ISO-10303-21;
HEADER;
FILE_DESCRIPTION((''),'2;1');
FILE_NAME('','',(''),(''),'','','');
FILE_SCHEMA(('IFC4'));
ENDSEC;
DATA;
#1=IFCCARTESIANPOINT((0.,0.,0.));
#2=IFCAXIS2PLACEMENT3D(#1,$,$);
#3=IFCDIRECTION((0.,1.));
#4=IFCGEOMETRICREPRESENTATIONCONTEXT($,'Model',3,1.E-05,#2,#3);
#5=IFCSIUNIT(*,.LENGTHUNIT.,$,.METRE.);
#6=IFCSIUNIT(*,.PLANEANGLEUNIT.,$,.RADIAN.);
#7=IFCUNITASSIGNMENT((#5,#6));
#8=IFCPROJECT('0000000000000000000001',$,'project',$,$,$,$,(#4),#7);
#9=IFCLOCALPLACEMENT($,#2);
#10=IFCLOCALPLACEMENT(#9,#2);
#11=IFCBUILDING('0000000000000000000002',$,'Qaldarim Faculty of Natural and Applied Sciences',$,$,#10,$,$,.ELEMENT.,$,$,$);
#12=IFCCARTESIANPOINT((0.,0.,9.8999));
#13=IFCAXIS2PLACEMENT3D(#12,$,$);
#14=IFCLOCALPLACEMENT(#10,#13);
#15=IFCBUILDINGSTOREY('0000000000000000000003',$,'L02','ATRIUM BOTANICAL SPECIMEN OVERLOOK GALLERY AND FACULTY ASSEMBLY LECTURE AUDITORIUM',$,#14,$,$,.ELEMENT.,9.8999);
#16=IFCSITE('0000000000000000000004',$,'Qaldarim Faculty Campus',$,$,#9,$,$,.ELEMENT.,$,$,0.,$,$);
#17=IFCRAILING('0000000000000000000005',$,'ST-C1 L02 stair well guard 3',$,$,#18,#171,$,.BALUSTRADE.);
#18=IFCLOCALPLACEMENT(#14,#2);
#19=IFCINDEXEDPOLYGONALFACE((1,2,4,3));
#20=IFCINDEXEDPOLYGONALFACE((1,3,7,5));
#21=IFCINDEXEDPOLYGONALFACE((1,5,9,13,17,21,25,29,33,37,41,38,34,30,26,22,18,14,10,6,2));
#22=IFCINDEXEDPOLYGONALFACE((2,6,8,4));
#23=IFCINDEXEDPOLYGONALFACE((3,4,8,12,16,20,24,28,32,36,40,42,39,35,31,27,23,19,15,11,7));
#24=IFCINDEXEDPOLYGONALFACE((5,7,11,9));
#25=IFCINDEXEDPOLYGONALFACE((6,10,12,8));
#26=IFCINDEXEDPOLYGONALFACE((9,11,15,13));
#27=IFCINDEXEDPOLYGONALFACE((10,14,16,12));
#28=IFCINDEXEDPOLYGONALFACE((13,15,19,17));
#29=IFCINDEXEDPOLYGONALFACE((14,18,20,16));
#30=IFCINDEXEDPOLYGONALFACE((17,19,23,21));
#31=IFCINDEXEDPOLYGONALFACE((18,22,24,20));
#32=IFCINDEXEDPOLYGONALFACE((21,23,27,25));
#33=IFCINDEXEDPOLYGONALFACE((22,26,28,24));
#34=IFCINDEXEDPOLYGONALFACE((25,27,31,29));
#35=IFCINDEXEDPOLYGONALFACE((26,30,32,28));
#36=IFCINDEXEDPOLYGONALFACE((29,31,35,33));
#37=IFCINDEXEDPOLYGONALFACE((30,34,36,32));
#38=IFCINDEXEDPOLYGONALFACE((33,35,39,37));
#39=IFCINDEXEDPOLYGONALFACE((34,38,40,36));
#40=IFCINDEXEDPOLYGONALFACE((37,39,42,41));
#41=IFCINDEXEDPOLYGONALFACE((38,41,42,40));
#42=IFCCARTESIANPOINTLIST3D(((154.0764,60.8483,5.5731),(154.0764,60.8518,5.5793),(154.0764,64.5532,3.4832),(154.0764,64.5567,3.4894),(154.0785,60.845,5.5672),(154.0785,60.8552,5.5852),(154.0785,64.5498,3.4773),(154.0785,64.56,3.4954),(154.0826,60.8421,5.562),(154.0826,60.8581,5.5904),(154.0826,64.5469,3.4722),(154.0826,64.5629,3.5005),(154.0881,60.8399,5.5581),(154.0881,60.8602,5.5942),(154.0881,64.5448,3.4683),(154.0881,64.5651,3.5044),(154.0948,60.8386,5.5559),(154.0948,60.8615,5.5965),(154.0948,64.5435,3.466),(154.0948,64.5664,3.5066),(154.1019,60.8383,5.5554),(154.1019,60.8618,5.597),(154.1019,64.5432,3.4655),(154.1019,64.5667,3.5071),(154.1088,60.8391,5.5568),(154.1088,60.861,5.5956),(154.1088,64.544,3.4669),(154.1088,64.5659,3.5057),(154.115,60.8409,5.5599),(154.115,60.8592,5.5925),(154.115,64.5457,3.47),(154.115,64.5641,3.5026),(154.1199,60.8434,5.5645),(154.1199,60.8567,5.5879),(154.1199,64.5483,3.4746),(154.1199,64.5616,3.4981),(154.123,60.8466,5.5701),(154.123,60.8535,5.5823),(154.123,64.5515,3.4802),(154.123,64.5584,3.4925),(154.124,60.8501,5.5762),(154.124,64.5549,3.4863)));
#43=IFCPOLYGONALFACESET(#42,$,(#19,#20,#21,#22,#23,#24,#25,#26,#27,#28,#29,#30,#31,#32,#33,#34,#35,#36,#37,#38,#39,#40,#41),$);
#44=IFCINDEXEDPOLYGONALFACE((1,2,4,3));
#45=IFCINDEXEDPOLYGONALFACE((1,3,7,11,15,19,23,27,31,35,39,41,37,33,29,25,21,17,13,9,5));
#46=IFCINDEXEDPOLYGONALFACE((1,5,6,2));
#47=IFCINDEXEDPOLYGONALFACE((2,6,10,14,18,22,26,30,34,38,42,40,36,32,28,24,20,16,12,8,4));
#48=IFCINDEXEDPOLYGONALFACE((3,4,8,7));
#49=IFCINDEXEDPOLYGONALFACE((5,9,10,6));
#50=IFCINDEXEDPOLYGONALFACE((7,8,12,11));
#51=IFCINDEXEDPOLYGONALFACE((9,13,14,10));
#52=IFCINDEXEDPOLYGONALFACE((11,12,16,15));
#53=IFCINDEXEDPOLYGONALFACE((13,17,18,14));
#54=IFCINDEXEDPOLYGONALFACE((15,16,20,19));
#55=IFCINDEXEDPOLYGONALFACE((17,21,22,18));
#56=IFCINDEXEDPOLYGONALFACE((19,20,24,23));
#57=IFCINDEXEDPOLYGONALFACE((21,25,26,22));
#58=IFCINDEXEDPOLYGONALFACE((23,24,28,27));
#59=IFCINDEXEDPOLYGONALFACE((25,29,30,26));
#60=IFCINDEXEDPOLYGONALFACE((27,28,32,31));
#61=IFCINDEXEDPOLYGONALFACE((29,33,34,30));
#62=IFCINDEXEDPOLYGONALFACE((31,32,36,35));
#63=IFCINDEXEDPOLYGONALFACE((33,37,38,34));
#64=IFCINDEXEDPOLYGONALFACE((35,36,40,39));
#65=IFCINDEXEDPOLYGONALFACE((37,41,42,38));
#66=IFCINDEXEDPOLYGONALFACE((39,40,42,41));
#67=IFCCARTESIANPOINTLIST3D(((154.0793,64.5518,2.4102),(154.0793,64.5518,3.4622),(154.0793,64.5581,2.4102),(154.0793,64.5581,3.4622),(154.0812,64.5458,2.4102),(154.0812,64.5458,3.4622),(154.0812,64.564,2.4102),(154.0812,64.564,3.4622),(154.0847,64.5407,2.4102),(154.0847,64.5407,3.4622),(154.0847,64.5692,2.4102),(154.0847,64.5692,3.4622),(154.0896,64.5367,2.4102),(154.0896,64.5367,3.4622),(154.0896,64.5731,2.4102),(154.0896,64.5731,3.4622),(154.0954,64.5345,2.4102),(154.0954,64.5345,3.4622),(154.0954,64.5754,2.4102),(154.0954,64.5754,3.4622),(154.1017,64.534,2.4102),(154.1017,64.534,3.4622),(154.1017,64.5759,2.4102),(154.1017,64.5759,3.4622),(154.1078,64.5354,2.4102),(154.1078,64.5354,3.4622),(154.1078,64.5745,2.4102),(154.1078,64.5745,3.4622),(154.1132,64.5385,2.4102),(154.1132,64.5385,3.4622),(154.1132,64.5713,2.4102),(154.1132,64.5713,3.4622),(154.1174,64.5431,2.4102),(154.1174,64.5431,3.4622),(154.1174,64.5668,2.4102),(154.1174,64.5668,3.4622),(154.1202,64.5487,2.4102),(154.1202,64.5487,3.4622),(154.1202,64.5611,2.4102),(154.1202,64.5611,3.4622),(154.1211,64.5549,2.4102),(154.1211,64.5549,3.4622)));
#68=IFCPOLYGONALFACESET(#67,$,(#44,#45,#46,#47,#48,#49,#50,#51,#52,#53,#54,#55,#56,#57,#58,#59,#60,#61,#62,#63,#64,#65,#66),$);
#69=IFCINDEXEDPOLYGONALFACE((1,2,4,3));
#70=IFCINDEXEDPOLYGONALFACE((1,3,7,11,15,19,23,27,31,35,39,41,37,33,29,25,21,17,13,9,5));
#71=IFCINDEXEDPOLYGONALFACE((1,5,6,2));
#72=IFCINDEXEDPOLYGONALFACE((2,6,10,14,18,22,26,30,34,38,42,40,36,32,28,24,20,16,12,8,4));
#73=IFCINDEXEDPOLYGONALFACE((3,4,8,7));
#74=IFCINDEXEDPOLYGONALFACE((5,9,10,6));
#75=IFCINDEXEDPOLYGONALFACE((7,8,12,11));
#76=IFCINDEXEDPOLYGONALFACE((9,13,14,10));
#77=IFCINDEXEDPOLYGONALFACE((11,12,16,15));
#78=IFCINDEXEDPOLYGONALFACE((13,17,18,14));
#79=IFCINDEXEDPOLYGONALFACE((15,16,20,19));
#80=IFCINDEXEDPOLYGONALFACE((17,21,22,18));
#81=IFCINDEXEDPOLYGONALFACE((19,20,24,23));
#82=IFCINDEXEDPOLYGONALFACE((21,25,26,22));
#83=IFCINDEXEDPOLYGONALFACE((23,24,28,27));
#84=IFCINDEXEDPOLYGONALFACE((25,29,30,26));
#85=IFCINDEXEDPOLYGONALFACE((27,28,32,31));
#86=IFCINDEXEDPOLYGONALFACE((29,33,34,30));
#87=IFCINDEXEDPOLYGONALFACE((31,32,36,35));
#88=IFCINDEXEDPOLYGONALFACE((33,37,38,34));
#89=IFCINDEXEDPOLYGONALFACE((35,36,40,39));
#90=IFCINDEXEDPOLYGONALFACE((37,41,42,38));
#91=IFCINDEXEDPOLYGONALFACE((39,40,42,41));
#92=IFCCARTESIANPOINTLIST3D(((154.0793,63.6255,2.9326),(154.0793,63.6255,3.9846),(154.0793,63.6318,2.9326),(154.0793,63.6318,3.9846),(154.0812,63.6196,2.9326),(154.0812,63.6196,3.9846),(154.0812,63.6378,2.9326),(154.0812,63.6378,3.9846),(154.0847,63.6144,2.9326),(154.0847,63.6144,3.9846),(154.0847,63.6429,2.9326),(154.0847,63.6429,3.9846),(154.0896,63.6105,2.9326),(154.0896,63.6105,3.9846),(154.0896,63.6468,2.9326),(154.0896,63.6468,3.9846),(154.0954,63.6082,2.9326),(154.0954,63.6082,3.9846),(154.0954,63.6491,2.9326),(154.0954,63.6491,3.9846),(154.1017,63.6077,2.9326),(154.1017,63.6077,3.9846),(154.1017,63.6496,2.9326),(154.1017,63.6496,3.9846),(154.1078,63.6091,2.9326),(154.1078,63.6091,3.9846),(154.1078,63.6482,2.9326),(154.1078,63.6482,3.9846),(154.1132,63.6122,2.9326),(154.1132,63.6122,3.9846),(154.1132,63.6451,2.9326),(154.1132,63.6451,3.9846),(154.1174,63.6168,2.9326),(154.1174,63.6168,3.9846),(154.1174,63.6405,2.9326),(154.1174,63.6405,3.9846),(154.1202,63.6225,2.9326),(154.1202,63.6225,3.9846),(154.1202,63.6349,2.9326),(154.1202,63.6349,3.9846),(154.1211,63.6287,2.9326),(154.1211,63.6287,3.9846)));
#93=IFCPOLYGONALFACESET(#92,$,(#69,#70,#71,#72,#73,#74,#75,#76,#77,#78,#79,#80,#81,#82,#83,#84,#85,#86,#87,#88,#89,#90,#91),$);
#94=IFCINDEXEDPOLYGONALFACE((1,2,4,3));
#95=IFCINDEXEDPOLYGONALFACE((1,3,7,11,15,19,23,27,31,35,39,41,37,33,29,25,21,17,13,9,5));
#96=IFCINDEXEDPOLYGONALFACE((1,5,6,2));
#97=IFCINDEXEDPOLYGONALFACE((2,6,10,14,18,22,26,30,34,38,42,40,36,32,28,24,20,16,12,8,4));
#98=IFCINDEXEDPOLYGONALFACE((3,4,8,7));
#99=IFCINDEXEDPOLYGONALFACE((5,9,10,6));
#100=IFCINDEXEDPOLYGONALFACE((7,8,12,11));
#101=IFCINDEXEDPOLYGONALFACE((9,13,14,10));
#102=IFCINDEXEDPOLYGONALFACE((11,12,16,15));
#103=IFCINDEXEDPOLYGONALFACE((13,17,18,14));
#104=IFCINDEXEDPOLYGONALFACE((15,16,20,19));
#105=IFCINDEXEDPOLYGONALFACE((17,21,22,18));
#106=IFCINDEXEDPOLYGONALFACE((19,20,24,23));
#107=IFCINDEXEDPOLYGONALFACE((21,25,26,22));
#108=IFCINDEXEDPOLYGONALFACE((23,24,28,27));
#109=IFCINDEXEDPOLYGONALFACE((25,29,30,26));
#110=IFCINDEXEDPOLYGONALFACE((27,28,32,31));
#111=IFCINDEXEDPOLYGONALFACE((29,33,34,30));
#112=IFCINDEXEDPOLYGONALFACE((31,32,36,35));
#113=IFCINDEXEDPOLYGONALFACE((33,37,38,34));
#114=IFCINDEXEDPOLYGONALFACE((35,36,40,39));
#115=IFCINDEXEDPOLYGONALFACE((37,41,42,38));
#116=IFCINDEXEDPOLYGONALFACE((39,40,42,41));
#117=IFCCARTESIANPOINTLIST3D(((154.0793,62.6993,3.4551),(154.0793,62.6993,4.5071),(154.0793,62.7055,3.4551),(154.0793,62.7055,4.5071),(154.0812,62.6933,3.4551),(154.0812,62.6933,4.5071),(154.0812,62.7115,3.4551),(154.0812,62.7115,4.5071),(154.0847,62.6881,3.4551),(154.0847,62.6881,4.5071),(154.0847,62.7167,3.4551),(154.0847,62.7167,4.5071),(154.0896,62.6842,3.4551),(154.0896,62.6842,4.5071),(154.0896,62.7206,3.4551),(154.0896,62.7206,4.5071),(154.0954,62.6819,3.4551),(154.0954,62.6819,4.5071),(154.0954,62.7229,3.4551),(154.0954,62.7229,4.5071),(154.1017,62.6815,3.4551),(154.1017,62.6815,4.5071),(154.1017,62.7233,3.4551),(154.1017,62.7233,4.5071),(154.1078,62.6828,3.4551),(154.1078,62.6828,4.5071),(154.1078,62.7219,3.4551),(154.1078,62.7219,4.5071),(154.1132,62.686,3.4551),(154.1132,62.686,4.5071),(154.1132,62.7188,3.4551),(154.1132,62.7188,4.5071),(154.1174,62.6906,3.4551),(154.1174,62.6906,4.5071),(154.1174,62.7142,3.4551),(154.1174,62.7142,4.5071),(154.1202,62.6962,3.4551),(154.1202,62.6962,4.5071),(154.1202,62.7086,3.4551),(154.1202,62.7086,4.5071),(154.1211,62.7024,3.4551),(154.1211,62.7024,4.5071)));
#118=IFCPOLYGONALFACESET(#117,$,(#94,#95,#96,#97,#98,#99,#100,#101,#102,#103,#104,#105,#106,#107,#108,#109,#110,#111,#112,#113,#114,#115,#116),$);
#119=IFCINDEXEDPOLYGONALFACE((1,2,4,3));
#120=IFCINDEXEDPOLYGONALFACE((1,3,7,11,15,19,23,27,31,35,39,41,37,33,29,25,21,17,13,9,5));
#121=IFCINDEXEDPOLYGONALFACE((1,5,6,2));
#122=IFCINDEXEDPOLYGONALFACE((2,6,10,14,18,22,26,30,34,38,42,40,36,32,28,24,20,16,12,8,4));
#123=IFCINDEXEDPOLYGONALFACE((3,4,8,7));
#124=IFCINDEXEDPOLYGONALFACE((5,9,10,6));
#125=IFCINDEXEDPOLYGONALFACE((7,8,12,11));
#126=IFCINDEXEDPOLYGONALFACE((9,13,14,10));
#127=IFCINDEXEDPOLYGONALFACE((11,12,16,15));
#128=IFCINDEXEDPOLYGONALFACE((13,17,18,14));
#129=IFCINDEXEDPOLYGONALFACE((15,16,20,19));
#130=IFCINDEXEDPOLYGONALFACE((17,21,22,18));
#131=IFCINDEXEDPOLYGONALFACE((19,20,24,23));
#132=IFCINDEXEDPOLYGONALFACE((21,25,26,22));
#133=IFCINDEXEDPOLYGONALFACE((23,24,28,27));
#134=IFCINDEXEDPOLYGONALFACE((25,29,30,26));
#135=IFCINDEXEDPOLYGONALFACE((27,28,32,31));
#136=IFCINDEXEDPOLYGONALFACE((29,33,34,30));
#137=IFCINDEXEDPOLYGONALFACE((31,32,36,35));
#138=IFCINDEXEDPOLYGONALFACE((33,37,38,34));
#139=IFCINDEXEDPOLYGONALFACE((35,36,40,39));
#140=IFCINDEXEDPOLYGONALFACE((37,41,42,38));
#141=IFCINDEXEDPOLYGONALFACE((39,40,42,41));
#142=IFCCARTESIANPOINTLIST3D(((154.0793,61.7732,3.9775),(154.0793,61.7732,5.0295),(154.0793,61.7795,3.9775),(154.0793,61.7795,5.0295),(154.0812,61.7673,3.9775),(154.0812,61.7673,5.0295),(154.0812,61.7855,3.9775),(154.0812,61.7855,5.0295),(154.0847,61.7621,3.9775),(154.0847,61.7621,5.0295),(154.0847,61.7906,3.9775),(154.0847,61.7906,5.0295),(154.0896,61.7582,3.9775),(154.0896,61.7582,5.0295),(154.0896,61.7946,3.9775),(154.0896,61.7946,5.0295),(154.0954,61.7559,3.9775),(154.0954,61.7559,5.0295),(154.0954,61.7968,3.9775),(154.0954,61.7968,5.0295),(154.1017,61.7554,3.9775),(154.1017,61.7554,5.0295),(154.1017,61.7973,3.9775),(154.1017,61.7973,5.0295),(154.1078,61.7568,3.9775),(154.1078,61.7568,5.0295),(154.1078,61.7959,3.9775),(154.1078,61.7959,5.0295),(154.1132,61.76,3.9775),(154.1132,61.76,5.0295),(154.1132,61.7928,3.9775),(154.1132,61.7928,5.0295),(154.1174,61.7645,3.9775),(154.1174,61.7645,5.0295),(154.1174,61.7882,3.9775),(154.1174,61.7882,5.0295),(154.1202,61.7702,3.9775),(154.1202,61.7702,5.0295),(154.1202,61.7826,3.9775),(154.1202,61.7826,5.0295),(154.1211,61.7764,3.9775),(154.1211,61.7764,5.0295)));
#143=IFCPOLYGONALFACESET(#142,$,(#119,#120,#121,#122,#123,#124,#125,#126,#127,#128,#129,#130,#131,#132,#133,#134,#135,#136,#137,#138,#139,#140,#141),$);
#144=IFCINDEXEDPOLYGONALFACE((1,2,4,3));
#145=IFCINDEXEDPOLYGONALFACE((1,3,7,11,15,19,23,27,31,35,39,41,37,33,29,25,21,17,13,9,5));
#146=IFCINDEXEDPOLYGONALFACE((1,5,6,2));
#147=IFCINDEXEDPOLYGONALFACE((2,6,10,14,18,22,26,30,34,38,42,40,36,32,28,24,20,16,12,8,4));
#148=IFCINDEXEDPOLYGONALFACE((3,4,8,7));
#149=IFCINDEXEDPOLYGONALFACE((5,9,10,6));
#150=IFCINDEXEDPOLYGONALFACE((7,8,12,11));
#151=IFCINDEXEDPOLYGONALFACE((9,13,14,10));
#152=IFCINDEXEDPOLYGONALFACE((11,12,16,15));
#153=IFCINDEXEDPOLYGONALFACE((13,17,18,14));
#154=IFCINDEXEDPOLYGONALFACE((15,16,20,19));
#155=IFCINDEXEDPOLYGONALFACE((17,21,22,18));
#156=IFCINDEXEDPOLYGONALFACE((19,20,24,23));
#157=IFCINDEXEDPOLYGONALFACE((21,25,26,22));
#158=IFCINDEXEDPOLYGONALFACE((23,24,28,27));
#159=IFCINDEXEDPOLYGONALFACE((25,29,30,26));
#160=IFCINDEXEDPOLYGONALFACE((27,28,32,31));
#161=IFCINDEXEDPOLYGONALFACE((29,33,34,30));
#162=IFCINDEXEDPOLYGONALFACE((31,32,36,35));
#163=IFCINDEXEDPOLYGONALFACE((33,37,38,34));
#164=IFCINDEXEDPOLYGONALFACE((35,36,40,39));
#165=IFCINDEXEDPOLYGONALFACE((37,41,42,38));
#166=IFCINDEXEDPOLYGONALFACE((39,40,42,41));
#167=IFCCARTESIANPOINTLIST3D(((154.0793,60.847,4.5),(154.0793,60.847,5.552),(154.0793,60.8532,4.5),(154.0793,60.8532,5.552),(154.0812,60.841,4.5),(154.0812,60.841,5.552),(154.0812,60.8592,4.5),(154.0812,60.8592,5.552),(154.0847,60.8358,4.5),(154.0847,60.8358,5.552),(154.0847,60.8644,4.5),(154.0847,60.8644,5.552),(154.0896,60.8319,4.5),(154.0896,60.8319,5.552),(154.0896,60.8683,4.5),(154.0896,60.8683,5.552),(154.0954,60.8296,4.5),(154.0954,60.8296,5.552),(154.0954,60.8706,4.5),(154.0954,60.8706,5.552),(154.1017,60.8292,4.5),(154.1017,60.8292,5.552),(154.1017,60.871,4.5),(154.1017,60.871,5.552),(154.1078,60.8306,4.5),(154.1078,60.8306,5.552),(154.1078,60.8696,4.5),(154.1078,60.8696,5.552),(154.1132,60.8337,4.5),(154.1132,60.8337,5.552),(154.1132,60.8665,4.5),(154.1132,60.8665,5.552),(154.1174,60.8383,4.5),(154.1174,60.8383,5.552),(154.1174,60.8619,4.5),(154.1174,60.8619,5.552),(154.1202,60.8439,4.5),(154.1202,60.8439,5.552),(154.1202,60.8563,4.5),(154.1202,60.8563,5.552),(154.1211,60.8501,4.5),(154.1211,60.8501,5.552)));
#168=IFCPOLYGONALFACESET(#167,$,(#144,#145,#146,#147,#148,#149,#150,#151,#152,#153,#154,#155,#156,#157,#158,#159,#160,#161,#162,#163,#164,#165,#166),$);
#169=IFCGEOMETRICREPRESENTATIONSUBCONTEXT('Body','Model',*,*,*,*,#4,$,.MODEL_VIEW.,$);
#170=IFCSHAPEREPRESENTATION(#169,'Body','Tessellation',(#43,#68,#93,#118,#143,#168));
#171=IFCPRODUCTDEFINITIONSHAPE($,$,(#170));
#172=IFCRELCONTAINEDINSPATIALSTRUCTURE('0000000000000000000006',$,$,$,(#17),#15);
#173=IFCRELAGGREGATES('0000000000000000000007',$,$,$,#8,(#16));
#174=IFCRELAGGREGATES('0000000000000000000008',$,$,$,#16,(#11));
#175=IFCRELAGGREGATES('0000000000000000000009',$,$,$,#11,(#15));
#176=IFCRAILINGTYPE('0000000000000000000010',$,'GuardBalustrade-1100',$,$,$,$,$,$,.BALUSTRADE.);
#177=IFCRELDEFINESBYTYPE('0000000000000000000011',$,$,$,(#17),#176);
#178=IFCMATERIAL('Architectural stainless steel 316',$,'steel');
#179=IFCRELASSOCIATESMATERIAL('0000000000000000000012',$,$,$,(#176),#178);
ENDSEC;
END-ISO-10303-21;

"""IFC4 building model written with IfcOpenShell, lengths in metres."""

from ifc_helpers import new_model, si_unit, direction, frame, origin, origin_2d, place, context, subcontext, project, spatial, circle, extrude, material, type_object, element, save


model = new_model("IFC4")

# Units and contexts
model_context = context("Model", 3, precision=1e-05, world=origin(), true_north=direction((0.0, 1.0)))
body_context = subcontext(model_context, "Body", "Model", "MODEL_VIEW")
ifc_project = project(units=[si_unit("LENGTHUNIT", "METRE"), si_unit("PLANEANGLEUNIT", "RADIAN")], contexts=[model_context])

# Site, building, storey
site_placement = place(None, origin())
site = spatial("IfcSite", under=ifc_project, at=site_placement, Name="Qaldarim Faculty Campus", CompositionType="ELEMENT", RefElevation=0.0)
building_placement = place(site_placement, origin())
building = spatial("IfcBuilding", under=site, at=building_placement, Name="Qaldarim Faculty of Natural and Applied Sciences", CompositionType="ELEMENT")
storey_placement = place(building_placement, frame((0.0, 0.0, 9.8999)))
storey = spatial("IfcBuildingStorey", under=building, at=storey_placement, Name="L02", Description="ATRIUM BOTANICAL SPECIMEN OVERLOOK GALLERY AND FACULTY ASSEMBLY LECTURE AUDITORIUM", CompositionType="ELEMENT", Elevation=9.8999)

# Shared definitions
ifc_material_1 = material(Name="Architectural stainless steel 316", Category="steel")

# Railing
railing_type_1 = type_object("IfcRailingType", Name="GuardBalustrade-1100", PredefinedType="BALUSTRADE", material=ifc_material_1)
railing_1_placement = place(storey_placement, frame((154.1001, 64.5549, 2.4102)))
element("IfcRailing", 1, at=railing_1_placement, inside=storey, type_object=railing_type_1, Name="ST-C1 L02 stair well guard 3", PredefinedType="BALUSTRADE", context=body_context, shape_type="SweptSolid", body=[
    extrude(circle(Radius=0.0239, at=origin_2d()), frame((0.0, 0.0, 1.0762), z_axis=(0.0, -0.870985, 0.49131), x_axis=(1.0, 0.0, 0.0)), (0.0, 0.0, 1.0), 4.2537),
    extrude(circle(Radius=0.021, at=origin_2d()), origin(), (0.0, 0.0, 1.0), 1.052),
    extrude(circle(Radius=0.021, at=origin_2d()), frame((0.0, -0.9263, 0.5225)), (0.0, 0.0, 1.0), 1.052),
    extrude(circle(Radius=0.021, at=origin_2d()), frame((0.0, -1.8525, 1.0449)), (0.0, 0.0, 1.0), 1.052),
    extrude(circle(Radius=0.021, at=origin_2d()), frame((0.0, -2.7786, 1.5674)), (0.0, 0.0, 1.0), 1.052),
    extrude(circle(Radius=0.021, at=origin_2d()), frame((0.0, -3.7048, 2.0898)), (0.0, 0.0, 1.0), 1.052),
])

save(model, "model.ifc")
